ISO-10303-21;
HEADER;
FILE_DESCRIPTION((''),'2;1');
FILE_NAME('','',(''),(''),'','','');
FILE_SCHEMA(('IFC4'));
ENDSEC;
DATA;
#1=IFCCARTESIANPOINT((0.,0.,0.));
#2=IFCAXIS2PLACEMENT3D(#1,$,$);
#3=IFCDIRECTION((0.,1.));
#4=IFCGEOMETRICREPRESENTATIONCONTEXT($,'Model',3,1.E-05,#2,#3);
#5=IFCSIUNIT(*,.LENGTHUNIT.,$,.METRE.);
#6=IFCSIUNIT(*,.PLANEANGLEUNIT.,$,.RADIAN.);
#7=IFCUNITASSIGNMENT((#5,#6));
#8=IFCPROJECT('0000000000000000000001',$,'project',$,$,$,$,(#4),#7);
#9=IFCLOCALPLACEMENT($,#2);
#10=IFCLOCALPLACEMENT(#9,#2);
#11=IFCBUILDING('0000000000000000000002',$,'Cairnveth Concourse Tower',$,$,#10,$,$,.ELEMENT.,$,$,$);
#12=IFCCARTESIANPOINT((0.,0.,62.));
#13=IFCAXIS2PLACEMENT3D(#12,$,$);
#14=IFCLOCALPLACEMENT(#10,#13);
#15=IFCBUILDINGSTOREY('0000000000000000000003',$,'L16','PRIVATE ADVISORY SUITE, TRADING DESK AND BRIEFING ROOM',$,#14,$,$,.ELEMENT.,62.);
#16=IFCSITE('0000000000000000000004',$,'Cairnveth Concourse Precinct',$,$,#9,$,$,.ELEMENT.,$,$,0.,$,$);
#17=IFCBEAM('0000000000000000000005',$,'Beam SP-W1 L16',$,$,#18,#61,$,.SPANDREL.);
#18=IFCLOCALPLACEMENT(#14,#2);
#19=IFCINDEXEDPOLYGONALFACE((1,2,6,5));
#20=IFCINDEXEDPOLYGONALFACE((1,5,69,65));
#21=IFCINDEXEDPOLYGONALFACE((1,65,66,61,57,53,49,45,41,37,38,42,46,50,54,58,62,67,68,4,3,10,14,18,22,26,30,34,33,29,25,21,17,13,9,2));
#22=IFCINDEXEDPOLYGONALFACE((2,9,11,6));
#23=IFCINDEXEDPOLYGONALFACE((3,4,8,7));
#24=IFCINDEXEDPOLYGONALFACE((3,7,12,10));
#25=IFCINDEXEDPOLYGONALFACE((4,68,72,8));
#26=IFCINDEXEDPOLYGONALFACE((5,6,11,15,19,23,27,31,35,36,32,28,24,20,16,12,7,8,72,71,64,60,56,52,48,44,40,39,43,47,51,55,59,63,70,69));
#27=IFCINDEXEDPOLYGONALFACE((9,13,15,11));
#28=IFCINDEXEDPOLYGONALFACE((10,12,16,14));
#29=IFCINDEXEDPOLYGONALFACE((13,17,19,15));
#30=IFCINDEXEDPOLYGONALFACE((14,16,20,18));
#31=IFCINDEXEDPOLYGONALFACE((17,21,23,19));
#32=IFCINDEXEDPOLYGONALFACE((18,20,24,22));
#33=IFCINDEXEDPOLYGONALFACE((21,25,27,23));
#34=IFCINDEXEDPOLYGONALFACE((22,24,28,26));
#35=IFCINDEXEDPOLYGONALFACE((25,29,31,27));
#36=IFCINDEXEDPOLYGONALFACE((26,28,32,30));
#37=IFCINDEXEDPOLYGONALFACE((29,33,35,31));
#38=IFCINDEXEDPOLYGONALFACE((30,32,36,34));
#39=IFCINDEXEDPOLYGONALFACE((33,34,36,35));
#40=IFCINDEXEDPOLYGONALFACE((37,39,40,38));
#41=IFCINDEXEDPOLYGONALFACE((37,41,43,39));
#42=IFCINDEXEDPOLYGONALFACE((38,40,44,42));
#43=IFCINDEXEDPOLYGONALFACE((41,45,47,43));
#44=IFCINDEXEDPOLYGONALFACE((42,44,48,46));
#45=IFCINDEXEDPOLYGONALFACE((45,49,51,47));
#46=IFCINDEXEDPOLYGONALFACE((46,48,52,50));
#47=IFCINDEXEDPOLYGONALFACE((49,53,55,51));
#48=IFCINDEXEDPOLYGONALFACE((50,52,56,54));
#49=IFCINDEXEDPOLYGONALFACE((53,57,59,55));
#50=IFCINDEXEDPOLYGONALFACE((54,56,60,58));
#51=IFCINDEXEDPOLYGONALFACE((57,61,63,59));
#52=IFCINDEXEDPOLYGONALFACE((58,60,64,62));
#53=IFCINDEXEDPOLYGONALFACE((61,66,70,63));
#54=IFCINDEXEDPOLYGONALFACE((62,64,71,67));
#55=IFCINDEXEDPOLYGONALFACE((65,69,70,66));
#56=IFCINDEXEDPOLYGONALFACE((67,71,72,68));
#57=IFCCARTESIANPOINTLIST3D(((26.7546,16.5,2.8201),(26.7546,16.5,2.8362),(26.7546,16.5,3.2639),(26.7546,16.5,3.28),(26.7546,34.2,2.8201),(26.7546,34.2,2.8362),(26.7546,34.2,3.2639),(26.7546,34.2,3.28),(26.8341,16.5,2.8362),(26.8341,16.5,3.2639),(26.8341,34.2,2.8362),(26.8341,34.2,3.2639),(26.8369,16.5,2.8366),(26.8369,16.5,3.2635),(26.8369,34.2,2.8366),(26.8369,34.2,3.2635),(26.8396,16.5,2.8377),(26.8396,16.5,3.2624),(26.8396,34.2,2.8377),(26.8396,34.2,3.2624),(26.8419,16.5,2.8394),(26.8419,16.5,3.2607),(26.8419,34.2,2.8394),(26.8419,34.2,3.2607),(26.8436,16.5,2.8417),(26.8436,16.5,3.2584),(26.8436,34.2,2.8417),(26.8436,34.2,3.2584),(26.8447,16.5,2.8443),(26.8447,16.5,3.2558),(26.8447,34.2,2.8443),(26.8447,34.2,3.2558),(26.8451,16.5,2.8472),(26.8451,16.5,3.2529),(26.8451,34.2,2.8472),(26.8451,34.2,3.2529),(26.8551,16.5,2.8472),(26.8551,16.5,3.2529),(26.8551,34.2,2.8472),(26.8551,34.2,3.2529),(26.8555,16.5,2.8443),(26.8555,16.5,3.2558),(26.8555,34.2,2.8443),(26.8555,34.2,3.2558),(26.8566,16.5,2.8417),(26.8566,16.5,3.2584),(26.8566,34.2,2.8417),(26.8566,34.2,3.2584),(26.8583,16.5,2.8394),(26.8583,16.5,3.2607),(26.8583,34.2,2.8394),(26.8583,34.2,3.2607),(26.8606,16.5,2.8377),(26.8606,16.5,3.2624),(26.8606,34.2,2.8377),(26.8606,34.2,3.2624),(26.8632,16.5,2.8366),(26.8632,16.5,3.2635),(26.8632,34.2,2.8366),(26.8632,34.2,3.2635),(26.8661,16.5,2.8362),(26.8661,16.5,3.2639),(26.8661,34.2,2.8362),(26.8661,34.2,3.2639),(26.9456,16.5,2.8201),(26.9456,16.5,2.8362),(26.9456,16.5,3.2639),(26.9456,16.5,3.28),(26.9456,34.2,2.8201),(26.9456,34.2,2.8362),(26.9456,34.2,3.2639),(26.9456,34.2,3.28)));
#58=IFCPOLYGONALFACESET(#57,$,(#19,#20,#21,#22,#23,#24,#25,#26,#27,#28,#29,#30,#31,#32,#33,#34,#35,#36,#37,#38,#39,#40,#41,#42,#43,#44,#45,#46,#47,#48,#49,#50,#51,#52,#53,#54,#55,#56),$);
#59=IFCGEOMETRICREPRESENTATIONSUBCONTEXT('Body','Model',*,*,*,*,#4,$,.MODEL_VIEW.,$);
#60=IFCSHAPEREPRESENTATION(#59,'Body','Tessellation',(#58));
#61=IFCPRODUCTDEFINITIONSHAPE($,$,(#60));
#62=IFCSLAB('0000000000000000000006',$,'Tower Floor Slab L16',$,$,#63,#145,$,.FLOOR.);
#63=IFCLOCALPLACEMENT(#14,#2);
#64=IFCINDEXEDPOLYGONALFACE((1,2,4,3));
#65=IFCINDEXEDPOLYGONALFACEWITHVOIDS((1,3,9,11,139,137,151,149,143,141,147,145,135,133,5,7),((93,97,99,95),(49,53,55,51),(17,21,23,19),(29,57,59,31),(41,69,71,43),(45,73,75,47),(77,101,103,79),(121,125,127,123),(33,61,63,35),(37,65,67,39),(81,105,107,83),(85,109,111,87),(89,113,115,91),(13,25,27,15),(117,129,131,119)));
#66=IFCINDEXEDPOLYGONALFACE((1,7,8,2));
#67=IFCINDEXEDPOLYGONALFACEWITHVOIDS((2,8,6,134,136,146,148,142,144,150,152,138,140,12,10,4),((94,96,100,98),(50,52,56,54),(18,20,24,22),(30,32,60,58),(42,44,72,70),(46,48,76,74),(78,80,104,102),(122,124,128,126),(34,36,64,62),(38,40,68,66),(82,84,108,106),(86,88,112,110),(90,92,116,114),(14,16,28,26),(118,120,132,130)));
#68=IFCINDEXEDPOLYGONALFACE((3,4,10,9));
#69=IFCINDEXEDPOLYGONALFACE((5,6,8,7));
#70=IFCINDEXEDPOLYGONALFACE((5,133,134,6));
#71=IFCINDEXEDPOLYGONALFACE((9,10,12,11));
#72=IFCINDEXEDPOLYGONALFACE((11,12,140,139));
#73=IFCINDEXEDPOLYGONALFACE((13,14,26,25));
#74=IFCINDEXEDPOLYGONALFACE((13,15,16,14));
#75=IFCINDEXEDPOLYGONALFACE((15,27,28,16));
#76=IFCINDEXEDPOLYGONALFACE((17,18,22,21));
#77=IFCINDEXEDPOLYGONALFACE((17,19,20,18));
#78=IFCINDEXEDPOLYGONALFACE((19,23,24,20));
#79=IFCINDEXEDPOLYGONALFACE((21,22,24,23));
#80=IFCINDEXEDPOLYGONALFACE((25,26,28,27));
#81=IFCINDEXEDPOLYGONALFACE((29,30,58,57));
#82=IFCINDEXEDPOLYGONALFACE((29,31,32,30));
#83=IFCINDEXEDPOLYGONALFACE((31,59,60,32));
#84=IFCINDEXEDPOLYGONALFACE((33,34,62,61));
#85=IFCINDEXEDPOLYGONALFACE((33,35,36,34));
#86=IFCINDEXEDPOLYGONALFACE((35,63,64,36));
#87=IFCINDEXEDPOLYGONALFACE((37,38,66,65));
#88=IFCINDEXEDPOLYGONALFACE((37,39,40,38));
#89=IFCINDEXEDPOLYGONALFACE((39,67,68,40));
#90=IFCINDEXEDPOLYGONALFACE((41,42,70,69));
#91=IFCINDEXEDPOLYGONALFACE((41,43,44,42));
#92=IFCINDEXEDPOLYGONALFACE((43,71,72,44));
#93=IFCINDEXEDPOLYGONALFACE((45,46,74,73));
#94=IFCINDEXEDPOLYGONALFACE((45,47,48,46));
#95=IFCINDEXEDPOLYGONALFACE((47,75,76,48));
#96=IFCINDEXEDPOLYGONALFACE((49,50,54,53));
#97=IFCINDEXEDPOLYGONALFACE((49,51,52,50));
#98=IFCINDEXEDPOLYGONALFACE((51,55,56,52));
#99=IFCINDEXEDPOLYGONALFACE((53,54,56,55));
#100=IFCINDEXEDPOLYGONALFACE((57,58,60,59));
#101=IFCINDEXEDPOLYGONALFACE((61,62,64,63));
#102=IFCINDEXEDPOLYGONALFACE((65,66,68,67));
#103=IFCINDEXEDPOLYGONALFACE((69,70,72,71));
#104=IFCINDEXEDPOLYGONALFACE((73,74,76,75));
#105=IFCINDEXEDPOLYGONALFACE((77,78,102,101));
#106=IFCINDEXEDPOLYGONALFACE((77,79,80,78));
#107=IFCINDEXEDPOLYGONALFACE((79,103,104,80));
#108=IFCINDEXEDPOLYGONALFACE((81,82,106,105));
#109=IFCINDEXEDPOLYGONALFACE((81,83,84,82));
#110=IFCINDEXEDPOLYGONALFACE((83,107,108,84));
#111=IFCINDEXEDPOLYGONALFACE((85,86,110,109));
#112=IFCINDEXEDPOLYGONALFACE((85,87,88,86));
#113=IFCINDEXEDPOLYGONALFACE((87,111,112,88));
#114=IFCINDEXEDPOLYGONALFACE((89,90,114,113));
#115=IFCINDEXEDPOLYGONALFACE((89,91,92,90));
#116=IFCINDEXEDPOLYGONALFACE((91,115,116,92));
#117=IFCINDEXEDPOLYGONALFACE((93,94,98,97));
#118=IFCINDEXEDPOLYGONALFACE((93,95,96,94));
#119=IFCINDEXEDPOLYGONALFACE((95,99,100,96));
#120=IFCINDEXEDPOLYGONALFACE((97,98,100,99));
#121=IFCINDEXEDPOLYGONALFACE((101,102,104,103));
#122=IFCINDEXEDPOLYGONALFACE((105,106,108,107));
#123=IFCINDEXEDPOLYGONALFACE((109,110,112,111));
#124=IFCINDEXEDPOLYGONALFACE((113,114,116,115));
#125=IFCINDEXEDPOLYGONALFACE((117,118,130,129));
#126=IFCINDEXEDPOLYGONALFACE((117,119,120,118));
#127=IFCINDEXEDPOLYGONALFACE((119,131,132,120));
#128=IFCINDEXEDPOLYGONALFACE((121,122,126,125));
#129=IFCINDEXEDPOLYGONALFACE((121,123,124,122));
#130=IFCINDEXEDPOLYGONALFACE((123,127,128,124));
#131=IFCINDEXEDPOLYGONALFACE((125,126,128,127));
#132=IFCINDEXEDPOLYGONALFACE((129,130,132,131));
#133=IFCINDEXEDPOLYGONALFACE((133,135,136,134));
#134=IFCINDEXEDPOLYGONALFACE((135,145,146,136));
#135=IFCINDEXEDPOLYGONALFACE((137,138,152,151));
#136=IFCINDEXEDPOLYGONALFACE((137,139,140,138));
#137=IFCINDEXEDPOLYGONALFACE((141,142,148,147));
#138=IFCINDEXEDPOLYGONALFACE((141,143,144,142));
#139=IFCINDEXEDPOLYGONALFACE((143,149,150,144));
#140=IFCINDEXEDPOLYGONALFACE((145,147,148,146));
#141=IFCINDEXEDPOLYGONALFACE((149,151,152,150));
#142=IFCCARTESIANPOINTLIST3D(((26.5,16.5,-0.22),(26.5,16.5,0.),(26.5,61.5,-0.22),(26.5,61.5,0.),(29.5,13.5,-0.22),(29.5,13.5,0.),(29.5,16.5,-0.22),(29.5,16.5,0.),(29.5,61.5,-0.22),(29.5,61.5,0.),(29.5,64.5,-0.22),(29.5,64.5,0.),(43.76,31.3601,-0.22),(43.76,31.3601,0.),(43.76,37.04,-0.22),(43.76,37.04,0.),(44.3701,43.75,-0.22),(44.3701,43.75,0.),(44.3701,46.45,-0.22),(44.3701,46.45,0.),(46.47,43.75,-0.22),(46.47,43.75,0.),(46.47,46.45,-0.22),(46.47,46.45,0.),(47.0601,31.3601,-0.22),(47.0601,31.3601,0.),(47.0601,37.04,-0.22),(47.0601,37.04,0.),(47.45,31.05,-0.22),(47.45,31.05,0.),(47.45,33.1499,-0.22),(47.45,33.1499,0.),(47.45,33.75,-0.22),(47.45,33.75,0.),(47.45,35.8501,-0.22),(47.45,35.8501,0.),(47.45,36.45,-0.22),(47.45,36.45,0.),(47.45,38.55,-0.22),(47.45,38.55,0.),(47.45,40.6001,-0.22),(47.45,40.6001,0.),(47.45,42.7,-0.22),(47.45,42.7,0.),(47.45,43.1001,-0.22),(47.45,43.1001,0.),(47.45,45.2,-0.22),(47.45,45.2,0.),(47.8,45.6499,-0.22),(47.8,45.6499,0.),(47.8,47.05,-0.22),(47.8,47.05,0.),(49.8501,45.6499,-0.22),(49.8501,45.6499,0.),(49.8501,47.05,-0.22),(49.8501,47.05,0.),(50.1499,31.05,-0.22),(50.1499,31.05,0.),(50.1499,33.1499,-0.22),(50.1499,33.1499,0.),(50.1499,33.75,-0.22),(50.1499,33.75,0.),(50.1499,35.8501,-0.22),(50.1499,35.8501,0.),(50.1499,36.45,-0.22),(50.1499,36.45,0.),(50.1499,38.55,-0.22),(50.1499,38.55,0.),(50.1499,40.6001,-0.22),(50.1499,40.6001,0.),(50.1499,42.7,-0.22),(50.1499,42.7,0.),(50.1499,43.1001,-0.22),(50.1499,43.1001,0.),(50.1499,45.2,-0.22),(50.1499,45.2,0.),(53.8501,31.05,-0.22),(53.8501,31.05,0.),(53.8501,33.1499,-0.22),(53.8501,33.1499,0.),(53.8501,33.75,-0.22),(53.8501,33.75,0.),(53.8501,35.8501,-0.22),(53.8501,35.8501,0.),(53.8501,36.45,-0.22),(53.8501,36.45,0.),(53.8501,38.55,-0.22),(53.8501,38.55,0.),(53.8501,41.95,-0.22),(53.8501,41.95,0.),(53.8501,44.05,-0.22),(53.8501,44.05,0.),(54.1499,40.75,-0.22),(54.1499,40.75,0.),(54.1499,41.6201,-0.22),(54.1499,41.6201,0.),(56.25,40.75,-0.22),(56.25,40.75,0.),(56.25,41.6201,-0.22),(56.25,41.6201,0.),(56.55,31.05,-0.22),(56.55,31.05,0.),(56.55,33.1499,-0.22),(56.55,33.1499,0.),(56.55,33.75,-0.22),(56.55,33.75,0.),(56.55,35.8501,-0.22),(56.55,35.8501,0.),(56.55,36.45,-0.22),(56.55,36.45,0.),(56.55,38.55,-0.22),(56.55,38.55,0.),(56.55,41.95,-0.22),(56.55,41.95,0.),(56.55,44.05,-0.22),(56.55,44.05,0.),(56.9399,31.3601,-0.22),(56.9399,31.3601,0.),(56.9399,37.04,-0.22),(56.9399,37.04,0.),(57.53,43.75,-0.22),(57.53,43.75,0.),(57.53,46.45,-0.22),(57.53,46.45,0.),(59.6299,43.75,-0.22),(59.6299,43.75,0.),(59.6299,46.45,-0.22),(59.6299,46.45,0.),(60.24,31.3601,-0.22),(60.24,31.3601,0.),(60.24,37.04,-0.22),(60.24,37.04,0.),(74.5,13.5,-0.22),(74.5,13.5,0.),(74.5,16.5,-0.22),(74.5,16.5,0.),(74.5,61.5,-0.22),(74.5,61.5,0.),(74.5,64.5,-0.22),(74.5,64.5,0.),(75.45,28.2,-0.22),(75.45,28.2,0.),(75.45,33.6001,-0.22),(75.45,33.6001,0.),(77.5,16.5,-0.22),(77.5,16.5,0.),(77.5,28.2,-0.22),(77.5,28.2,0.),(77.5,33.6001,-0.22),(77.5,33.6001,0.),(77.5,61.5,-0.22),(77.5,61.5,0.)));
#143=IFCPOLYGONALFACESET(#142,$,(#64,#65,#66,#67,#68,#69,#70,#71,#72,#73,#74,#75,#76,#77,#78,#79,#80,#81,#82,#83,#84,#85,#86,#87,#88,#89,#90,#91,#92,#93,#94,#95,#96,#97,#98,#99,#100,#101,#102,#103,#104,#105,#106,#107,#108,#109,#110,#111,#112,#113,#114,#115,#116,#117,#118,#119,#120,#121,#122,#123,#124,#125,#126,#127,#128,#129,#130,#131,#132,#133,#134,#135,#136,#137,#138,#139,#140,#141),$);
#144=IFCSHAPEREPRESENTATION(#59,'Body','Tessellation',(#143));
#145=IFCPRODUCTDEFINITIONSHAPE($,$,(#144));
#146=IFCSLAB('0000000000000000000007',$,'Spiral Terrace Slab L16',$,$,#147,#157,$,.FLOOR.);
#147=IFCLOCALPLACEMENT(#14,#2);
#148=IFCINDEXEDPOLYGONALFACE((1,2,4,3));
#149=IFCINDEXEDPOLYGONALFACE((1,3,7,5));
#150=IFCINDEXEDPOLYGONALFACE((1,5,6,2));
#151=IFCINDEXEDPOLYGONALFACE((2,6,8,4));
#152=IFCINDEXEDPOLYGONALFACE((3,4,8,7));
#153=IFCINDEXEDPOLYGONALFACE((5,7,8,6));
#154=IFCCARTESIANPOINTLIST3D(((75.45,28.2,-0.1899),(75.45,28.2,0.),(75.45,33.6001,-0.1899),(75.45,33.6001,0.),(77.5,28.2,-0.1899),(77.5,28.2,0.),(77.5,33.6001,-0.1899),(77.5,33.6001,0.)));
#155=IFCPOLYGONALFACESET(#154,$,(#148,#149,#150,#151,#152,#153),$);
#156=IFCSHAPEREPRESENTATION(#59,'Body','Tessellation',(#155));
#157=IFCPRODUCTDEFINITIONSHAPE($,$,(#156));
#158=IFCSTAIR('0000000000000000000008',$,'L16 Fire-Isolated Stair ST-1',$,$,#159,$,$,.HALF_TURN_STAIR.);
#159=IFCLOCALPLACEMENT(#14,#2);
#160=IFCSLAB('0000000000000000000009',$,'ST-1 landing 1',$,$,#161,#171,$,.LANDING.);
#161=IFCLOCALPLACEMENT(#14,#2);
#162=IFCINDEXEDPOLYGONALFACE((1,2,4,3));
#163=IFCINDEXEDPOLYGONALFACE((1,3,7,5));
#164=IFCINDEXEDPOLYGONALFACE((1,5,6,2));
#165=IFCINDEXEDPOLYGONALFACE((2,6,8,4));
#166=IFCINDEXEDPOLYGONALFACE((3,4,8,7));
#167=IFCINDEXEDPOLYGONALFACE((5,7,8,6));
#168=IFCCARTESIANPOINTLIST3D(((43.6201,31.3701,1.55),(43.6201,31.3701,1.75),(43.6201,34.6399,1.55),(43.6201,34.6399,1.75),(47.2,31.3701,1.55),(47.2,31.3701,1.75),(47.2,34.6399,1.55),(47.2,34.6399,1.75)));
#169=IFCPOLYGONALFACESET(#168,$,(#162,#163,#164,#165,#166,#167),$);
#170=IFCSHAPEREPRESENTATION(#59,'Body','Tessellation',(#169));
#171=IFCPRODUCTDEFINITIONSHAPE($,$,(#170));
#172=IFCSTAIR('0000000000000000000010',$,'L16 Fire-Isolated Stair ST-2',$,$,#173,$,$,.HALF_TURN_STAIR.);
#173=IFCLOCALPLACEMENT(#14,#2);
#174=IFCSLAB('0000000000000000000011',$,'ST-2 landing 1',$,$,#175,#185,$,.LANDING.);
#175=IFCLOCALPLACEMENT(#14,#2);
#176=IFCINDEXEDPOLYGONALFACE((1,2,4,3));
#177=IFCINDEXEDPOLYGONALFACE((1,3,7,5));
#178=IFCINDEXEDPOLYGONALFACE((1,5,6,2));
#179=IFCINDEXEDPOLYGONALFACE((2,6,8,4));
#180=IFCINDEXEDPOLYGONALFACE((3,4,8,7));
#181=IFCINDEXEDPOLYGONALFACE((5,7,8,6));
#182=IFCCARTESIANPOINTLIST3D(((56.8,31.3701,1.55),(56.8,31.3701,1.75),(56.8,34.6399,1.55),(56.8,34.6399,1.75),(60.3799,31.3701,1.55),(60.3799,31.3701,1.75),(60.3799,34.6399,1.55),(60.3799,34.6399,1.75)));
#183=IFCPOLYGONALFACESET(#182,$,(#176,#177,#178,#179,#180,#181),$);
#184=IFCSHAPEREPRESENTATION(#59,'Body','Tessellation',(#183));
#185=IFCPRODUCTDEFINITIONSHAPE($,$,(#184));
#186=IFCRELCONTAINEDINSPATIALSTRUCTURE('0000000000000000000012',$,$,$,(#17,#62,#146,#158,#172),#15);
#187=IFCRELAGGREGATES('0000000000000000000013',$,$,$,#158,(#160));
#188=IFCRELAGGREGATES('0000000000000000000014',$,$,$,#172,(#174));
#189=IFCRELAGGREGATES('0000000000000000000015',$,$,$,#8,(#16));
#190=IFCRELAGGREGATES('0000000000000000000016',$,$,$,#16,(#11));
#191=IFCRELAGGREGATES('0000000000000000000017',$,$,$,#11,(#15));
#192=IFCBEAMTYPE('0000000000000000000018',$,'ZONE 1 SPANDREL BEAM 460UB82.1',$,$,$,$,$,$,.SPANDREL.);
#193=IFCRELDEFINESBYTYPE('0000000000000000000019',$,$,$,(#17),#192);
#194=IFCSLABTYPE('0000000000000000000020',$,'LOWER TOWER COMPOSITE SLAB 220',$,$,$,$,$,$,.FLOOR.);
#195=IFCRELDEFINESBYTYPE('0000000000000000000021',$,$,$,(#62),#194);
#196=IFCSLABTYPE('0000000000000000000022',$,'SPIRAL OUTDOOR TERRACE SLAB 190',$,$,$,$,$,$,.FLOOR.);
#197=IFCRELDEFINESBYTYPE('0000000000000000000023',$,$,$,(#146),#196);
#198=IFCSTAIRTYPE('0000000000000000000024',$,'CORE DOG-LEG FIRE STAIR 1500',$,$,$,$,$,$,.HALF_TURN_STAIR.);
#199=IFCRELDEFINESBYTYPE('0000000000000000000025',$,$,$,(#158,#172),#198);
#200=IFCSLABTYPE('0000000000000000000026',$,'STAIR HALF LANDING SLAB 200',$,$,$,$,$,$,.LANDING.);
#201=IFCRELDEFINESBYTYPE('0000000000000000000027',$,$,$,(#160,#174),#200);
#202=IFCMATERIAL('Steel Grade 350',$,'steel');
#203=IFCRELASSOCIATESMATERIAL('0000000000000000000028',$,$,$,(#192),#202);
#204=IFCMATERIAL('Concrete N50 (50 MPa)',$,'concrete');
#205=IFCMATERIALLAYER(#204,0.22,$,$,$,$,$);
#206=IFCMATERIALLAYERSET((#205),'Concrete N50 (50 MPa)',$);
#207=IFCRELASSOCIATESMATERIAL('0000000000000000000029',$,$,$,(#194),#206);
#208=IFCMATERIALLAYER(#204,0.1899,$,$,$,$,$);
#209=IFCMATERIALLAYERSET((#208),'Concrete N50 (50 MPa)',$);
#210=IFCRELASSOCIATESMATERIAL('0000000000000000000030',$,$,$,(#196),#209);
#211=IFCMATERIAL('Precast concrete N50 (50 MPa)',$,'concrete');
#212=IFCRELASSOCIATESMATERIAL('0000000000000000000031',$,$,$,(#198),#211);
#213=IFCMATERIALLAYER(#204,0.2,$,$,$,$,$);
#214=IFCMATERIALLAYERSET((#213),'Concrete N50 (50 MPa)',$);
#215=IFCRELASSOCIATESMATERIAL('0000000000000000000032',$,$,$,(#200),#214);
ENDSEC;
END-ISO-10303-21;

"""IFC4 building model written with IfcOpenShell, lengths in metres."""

from ifc_helpers import new_model, si_unit, direction, frame, origin, origin_2d, place, context, subcontext, project, spatial, polyline, i_section, outline, extrude, material, layer, layer_set, material_profile, profile_set, type_object, element, aggregate, save


model = new_model("IFC4")

# Units and contexts
model_context = context("Model", 3, precision=1e-05, world=origin(), true_north=direction((0.0, 1.0)))
body_context = subcontext(model_context, "Body", "Model", "MODEL_VIEW")
ifc_project = project(units=[si_unit("LENGTHUNIT", "METRE"), si_unit("PLANEANGLEUNIT", "RADIAN")], contexts=[model_context])

# Site, building, storey
site_placement = place(None, origin())
site = spatial("IfcSite", under=ifc_project, at=site_placement, Name="Cairnveth Concourse Precinct", CompositionType="ELEMENT", RefElevation=0.0)
building_placement = place(site_placement, origin())
building = spatial("IfcBuilding", under=site, at=building_placement, Name="Cairnveth Concourse Tower", CompositionType="ELEMENT")
storey_placement = place(building_placement, frame((0.0, 0.0, 62.0)))
storey = spatial("IfcBuildingStorey", under=building, at=storey_placement, Name="L16", Description="PRIVATE ADVISORY SUITE, TRADING DESK AND BRIEFING ROOM", CompositionType="ELEMENT", Elevation=62.0)

# Beam
ifc_material_1 = material(Name="Steel Grade 350", Category="steel")
ifc_material_profile_1 = material_profile(ifc_material_1, i_section(OverallWidth=0.1909, OverallDepth=0.46, WebThickness=0.01, FlangeThickness=0.0161, FilletRadius=0.011, at=origin_2d()), Name="460UB82.1")
ifc_profile_set_1 = profile_set([ifc_material_profile_1], Name="Steel Grade 350")
beam_type_1 = type_object("IfcBeamType", Name="ZONE 1 SPANDREL BEAM 460UB82.1", PredefinedType="SPANDREL", material=ifc_profile_set_1)
for number, where, z_axis, x_axis, name in (
    (1, (26.8501, 16.5, 3.05), (0.0, 1.0, 0.0), (-1.0, 0.0, 0.0), "Beam SP-W1 L16"),
):
    element("IfcBeam", number, at=place(storey_placement, frame(where, z_axis=z_axis, x_axis=x_axis)), inside=storey, type_object=beam_type_1, Name=name, PredefinedType="SPANDREL", context=body_context, shape_type="SweptSolid", body=[
        extrude(i_section(OverallWidth=0.1909, OverallDepth=0.46, WebThickness=0.01, FlangeThickness=0.0161, FilletRadius=0.011, at=origin_2d()), origin(), (0.0, 0.0, 1.0), 17.7),
    ])

# Slabs
ifc_material_2 = material(Name="Concrete N50 (50 MPa)", Category="concrete")
ifc_layer_1 = layer(ifc_material_2, 0.22)
ifc_layer_set_1 = layer_set([ifc_layer_1], Name="Concrete N50 (50 MPa)")
slab_type_1 = type_object("IfcSlabType", Name="LOWER TOWER COMPOSITE SLAB 220", PredefinedType="FLOOR", material=ifc_layer_set_1)
slab_1_placement = place(storey_placement, frame((0.0, 0.0, -0.22)))
element("IfcSlab", 2, at=slab_1_placement, inside=storey, type_object=slab_type_1, Name="Tower Floor Slab L16", PredefinedType="FLOOR", context=body_context, shape_type="SweptSolid", body=[
    extrude(outline(polyline([(77.5, 28.2), (75.45, 28.2), (75.45, 33.6001), (77.5, 33.6001), (77.5, 61.5), (74.5, 61.5), (74.5, 64.5), (29.5, 64.5), (29.5, 61.5), (26.5, 61.5), (26.5, 16.5), (29.5, 16.5), (29.5, 13.5), (74.5, 13.5), (74.5, 16.5), (77.5, 16.5), (77.5, 28.2)]), holes=[polyline([(43.76, 31.3601), (47.0601, 31.3601), (47.0601, 37.04), (43.76, 37.04), (43.76, 31.3601)]), polyline([(56.9399, 31.3601), (60.24, 31.3601), (60.24, 37.04), (56.9399, 37.04), (56.9399, 31.3601)]), polyline([(44.3701, 43.75), (46.47, 43.75), (46.47, 46.45), (44.3701, 46.45), (44.3701, 43.75)]), polyline([(57.53, 43.75), (59.6299, 43.75), (59.6299, 46.45), (57.53, 46.45), (57.53, 43.75)]), polyline([(47.45, 31.05), (50.1499, 31.05), (50.1499, 33.1499), (47.45, 33.1499), (47.45, 31.05)]), polyline([(47.45, 33.75), (50.1499, 33.75), (50.1499, 35.8501), (47.45, 35.8501), (47.45, 33.75)]), polyline([(47.45, 36.45), (50.1499, 36.45), (50.1499, 38.55), (47.45, 38.55), (47.45, 36.45)]), polyline([(53.8501, 31.05), (56.55, 31.05), (56.55, 33.1499), (53.8501, 33.1499), (53.8501, 31.05)]), polyline([(53.8501, 33.75), (56.55, 33.75), (56.55, 35.8501), (53.8501, 35.8501), (53.8501, 33.75)]), polyline([(53.8501, 36.45), (56.55, 36.45), (56.55, 38.55), (53.8501, 38.55), (53.8501, 36.45)]), polyline([(47.45, 40.6001), (50.1499, 40.6001), (50.1499, 42.7), (47.45, 42.7), (47.45, 40.6001)]), polyline([(47.45, 43.1001), (50.1499, 43.1001), (50.1499, 45.2), (47.45, 45.2), (47.45, 43.1001)]), polyline([(53.8501, 41.95), (56.55, 41.95), (56.55, 44.05), (53.8501, 44.05), (53.8501, 41.95)]), polyline([(47.8, 45.6499), (49.8501, 45.6499), (49.8501, 47.05), (47.8, 47.05), (47.8, 45.6499)]), polyline([(54.1499, 40.75), (56.25, 40.75), (56.25, 41.6201), (54.1499, 41.6201), (54.1499, 40.75)])]), origin(), (0.0, 0.0, 1.0), 0.22),
])
ifc_layer_2 = layer(ifc_material_2, 0.1899)
ifc_layer_set_2 = layer_set([ifc_layer_2], Name="Concrete N50 (50 MPa)")
slab_type_2 = type_object("IfcSlabType", Name="SPIRAL OUTDOOR TERRACE SLAB 190", PredefinedType="FLOOR", material=ifc_layer_set_2)
slab_2_placement = place(storey_placement, frame((0.0, 0.0, -0.1899)))
element("IfcSlab", 3, at=slab_2_placement, inside=storey, type_object=slab_type_2, Name="Spiral Terrace Slab L16", PredefinedType="FLOOR", context=body_context, shape_type="SweptSolid", body=[
    extrude(outline(polyline([(75.45, 28.2), (77.5, 28.2), (77.5, 33.6001), (75.45, 33.6001), (75.45, 28.2)])), origin(), (0.0, 0.0, 1.0), 0.1899),
])

# Stairs, slabs
ifc_material_3 = material(Name="Precast concrete N50 (50 MPa)", Category="concrete")
stair_type = type_object("IfcStairType", Name="CORE DOG-LEG FIRE STAIR 1500", PredefinedType="HALF_TURN_STAIR", material=ifc_material_3)
stair_1_placement = place(storey_placement, origin())
stair_1 = element("IfcStair", 4, at=stair_1_placement, inside=storey, type_object=stair_type, Name="L16 Fire-Isolated Stair ST-1", PredefinedType="HALF_TURN_STAIR")
ifc_layer_3 = layer(ifc_material_2, 0.2)
ifc_layer_set_3 = layer_set([ifc_layer_3], Name="Concrete N50 (50 MPa)")
slab_type_3 = type_object("IfcSlabType", Name="STAIR HALF LANDING SLAB 200", PredefinedType="LANDING", material=ifc_layer_set_3)
slab_3_placement = place(storey_placement, frame((0.0, 0.0, 1.55)))
slab_3 = element("IfcSlab", 5, at=slab_3_placement, type_object=slab_type_3, Name="ST-1 landing 1", PredefinedType="LANDING", context=body_context, shape_type="SweptSolid", body=[
    extrude(outline(polyline([(43.6201, 34.6399), (43.6201, 31.3701), (47.2, 31.3701), (47.2, 34.6399), (43.6201, 34.6399)])), origin(), (0.0, 0.0, 1.0), 0.2),
])
aggregate(stair_1, [slab_3])
stair_2_placement = place(storey_placement, origin())
stair_2 = element("IfcStair", 6, at=stair_2_placement, inside=storey, type_object=stair_type, Name="L16 Fire-Isolated Stair ST-2", PredefinedType="HALF_TURN_STAIR")
slab_4_placement = place(storey_placement, frame((0.0, 0.0, 1.55)))
slab_4 = element("IfcSlab", 7, at=slab_4_placement, type_object=slab_type_3, Name="ST-2 landing 1", PredefinedType="LANDING", context=body_context, shape_type="SweptSolid", body=[
    extrude(outline(polyline([(56.8, 34.6399), (56.8, 31.3701), (60.3799, 31.3701), (60.3799, 34.6399), (56.8, 34.6399)])), origin(), (0.0, 0.0, 1.0), 0.2),
])
aggregate(stair_2, [slab_4])

save(model, "model.ifc")
